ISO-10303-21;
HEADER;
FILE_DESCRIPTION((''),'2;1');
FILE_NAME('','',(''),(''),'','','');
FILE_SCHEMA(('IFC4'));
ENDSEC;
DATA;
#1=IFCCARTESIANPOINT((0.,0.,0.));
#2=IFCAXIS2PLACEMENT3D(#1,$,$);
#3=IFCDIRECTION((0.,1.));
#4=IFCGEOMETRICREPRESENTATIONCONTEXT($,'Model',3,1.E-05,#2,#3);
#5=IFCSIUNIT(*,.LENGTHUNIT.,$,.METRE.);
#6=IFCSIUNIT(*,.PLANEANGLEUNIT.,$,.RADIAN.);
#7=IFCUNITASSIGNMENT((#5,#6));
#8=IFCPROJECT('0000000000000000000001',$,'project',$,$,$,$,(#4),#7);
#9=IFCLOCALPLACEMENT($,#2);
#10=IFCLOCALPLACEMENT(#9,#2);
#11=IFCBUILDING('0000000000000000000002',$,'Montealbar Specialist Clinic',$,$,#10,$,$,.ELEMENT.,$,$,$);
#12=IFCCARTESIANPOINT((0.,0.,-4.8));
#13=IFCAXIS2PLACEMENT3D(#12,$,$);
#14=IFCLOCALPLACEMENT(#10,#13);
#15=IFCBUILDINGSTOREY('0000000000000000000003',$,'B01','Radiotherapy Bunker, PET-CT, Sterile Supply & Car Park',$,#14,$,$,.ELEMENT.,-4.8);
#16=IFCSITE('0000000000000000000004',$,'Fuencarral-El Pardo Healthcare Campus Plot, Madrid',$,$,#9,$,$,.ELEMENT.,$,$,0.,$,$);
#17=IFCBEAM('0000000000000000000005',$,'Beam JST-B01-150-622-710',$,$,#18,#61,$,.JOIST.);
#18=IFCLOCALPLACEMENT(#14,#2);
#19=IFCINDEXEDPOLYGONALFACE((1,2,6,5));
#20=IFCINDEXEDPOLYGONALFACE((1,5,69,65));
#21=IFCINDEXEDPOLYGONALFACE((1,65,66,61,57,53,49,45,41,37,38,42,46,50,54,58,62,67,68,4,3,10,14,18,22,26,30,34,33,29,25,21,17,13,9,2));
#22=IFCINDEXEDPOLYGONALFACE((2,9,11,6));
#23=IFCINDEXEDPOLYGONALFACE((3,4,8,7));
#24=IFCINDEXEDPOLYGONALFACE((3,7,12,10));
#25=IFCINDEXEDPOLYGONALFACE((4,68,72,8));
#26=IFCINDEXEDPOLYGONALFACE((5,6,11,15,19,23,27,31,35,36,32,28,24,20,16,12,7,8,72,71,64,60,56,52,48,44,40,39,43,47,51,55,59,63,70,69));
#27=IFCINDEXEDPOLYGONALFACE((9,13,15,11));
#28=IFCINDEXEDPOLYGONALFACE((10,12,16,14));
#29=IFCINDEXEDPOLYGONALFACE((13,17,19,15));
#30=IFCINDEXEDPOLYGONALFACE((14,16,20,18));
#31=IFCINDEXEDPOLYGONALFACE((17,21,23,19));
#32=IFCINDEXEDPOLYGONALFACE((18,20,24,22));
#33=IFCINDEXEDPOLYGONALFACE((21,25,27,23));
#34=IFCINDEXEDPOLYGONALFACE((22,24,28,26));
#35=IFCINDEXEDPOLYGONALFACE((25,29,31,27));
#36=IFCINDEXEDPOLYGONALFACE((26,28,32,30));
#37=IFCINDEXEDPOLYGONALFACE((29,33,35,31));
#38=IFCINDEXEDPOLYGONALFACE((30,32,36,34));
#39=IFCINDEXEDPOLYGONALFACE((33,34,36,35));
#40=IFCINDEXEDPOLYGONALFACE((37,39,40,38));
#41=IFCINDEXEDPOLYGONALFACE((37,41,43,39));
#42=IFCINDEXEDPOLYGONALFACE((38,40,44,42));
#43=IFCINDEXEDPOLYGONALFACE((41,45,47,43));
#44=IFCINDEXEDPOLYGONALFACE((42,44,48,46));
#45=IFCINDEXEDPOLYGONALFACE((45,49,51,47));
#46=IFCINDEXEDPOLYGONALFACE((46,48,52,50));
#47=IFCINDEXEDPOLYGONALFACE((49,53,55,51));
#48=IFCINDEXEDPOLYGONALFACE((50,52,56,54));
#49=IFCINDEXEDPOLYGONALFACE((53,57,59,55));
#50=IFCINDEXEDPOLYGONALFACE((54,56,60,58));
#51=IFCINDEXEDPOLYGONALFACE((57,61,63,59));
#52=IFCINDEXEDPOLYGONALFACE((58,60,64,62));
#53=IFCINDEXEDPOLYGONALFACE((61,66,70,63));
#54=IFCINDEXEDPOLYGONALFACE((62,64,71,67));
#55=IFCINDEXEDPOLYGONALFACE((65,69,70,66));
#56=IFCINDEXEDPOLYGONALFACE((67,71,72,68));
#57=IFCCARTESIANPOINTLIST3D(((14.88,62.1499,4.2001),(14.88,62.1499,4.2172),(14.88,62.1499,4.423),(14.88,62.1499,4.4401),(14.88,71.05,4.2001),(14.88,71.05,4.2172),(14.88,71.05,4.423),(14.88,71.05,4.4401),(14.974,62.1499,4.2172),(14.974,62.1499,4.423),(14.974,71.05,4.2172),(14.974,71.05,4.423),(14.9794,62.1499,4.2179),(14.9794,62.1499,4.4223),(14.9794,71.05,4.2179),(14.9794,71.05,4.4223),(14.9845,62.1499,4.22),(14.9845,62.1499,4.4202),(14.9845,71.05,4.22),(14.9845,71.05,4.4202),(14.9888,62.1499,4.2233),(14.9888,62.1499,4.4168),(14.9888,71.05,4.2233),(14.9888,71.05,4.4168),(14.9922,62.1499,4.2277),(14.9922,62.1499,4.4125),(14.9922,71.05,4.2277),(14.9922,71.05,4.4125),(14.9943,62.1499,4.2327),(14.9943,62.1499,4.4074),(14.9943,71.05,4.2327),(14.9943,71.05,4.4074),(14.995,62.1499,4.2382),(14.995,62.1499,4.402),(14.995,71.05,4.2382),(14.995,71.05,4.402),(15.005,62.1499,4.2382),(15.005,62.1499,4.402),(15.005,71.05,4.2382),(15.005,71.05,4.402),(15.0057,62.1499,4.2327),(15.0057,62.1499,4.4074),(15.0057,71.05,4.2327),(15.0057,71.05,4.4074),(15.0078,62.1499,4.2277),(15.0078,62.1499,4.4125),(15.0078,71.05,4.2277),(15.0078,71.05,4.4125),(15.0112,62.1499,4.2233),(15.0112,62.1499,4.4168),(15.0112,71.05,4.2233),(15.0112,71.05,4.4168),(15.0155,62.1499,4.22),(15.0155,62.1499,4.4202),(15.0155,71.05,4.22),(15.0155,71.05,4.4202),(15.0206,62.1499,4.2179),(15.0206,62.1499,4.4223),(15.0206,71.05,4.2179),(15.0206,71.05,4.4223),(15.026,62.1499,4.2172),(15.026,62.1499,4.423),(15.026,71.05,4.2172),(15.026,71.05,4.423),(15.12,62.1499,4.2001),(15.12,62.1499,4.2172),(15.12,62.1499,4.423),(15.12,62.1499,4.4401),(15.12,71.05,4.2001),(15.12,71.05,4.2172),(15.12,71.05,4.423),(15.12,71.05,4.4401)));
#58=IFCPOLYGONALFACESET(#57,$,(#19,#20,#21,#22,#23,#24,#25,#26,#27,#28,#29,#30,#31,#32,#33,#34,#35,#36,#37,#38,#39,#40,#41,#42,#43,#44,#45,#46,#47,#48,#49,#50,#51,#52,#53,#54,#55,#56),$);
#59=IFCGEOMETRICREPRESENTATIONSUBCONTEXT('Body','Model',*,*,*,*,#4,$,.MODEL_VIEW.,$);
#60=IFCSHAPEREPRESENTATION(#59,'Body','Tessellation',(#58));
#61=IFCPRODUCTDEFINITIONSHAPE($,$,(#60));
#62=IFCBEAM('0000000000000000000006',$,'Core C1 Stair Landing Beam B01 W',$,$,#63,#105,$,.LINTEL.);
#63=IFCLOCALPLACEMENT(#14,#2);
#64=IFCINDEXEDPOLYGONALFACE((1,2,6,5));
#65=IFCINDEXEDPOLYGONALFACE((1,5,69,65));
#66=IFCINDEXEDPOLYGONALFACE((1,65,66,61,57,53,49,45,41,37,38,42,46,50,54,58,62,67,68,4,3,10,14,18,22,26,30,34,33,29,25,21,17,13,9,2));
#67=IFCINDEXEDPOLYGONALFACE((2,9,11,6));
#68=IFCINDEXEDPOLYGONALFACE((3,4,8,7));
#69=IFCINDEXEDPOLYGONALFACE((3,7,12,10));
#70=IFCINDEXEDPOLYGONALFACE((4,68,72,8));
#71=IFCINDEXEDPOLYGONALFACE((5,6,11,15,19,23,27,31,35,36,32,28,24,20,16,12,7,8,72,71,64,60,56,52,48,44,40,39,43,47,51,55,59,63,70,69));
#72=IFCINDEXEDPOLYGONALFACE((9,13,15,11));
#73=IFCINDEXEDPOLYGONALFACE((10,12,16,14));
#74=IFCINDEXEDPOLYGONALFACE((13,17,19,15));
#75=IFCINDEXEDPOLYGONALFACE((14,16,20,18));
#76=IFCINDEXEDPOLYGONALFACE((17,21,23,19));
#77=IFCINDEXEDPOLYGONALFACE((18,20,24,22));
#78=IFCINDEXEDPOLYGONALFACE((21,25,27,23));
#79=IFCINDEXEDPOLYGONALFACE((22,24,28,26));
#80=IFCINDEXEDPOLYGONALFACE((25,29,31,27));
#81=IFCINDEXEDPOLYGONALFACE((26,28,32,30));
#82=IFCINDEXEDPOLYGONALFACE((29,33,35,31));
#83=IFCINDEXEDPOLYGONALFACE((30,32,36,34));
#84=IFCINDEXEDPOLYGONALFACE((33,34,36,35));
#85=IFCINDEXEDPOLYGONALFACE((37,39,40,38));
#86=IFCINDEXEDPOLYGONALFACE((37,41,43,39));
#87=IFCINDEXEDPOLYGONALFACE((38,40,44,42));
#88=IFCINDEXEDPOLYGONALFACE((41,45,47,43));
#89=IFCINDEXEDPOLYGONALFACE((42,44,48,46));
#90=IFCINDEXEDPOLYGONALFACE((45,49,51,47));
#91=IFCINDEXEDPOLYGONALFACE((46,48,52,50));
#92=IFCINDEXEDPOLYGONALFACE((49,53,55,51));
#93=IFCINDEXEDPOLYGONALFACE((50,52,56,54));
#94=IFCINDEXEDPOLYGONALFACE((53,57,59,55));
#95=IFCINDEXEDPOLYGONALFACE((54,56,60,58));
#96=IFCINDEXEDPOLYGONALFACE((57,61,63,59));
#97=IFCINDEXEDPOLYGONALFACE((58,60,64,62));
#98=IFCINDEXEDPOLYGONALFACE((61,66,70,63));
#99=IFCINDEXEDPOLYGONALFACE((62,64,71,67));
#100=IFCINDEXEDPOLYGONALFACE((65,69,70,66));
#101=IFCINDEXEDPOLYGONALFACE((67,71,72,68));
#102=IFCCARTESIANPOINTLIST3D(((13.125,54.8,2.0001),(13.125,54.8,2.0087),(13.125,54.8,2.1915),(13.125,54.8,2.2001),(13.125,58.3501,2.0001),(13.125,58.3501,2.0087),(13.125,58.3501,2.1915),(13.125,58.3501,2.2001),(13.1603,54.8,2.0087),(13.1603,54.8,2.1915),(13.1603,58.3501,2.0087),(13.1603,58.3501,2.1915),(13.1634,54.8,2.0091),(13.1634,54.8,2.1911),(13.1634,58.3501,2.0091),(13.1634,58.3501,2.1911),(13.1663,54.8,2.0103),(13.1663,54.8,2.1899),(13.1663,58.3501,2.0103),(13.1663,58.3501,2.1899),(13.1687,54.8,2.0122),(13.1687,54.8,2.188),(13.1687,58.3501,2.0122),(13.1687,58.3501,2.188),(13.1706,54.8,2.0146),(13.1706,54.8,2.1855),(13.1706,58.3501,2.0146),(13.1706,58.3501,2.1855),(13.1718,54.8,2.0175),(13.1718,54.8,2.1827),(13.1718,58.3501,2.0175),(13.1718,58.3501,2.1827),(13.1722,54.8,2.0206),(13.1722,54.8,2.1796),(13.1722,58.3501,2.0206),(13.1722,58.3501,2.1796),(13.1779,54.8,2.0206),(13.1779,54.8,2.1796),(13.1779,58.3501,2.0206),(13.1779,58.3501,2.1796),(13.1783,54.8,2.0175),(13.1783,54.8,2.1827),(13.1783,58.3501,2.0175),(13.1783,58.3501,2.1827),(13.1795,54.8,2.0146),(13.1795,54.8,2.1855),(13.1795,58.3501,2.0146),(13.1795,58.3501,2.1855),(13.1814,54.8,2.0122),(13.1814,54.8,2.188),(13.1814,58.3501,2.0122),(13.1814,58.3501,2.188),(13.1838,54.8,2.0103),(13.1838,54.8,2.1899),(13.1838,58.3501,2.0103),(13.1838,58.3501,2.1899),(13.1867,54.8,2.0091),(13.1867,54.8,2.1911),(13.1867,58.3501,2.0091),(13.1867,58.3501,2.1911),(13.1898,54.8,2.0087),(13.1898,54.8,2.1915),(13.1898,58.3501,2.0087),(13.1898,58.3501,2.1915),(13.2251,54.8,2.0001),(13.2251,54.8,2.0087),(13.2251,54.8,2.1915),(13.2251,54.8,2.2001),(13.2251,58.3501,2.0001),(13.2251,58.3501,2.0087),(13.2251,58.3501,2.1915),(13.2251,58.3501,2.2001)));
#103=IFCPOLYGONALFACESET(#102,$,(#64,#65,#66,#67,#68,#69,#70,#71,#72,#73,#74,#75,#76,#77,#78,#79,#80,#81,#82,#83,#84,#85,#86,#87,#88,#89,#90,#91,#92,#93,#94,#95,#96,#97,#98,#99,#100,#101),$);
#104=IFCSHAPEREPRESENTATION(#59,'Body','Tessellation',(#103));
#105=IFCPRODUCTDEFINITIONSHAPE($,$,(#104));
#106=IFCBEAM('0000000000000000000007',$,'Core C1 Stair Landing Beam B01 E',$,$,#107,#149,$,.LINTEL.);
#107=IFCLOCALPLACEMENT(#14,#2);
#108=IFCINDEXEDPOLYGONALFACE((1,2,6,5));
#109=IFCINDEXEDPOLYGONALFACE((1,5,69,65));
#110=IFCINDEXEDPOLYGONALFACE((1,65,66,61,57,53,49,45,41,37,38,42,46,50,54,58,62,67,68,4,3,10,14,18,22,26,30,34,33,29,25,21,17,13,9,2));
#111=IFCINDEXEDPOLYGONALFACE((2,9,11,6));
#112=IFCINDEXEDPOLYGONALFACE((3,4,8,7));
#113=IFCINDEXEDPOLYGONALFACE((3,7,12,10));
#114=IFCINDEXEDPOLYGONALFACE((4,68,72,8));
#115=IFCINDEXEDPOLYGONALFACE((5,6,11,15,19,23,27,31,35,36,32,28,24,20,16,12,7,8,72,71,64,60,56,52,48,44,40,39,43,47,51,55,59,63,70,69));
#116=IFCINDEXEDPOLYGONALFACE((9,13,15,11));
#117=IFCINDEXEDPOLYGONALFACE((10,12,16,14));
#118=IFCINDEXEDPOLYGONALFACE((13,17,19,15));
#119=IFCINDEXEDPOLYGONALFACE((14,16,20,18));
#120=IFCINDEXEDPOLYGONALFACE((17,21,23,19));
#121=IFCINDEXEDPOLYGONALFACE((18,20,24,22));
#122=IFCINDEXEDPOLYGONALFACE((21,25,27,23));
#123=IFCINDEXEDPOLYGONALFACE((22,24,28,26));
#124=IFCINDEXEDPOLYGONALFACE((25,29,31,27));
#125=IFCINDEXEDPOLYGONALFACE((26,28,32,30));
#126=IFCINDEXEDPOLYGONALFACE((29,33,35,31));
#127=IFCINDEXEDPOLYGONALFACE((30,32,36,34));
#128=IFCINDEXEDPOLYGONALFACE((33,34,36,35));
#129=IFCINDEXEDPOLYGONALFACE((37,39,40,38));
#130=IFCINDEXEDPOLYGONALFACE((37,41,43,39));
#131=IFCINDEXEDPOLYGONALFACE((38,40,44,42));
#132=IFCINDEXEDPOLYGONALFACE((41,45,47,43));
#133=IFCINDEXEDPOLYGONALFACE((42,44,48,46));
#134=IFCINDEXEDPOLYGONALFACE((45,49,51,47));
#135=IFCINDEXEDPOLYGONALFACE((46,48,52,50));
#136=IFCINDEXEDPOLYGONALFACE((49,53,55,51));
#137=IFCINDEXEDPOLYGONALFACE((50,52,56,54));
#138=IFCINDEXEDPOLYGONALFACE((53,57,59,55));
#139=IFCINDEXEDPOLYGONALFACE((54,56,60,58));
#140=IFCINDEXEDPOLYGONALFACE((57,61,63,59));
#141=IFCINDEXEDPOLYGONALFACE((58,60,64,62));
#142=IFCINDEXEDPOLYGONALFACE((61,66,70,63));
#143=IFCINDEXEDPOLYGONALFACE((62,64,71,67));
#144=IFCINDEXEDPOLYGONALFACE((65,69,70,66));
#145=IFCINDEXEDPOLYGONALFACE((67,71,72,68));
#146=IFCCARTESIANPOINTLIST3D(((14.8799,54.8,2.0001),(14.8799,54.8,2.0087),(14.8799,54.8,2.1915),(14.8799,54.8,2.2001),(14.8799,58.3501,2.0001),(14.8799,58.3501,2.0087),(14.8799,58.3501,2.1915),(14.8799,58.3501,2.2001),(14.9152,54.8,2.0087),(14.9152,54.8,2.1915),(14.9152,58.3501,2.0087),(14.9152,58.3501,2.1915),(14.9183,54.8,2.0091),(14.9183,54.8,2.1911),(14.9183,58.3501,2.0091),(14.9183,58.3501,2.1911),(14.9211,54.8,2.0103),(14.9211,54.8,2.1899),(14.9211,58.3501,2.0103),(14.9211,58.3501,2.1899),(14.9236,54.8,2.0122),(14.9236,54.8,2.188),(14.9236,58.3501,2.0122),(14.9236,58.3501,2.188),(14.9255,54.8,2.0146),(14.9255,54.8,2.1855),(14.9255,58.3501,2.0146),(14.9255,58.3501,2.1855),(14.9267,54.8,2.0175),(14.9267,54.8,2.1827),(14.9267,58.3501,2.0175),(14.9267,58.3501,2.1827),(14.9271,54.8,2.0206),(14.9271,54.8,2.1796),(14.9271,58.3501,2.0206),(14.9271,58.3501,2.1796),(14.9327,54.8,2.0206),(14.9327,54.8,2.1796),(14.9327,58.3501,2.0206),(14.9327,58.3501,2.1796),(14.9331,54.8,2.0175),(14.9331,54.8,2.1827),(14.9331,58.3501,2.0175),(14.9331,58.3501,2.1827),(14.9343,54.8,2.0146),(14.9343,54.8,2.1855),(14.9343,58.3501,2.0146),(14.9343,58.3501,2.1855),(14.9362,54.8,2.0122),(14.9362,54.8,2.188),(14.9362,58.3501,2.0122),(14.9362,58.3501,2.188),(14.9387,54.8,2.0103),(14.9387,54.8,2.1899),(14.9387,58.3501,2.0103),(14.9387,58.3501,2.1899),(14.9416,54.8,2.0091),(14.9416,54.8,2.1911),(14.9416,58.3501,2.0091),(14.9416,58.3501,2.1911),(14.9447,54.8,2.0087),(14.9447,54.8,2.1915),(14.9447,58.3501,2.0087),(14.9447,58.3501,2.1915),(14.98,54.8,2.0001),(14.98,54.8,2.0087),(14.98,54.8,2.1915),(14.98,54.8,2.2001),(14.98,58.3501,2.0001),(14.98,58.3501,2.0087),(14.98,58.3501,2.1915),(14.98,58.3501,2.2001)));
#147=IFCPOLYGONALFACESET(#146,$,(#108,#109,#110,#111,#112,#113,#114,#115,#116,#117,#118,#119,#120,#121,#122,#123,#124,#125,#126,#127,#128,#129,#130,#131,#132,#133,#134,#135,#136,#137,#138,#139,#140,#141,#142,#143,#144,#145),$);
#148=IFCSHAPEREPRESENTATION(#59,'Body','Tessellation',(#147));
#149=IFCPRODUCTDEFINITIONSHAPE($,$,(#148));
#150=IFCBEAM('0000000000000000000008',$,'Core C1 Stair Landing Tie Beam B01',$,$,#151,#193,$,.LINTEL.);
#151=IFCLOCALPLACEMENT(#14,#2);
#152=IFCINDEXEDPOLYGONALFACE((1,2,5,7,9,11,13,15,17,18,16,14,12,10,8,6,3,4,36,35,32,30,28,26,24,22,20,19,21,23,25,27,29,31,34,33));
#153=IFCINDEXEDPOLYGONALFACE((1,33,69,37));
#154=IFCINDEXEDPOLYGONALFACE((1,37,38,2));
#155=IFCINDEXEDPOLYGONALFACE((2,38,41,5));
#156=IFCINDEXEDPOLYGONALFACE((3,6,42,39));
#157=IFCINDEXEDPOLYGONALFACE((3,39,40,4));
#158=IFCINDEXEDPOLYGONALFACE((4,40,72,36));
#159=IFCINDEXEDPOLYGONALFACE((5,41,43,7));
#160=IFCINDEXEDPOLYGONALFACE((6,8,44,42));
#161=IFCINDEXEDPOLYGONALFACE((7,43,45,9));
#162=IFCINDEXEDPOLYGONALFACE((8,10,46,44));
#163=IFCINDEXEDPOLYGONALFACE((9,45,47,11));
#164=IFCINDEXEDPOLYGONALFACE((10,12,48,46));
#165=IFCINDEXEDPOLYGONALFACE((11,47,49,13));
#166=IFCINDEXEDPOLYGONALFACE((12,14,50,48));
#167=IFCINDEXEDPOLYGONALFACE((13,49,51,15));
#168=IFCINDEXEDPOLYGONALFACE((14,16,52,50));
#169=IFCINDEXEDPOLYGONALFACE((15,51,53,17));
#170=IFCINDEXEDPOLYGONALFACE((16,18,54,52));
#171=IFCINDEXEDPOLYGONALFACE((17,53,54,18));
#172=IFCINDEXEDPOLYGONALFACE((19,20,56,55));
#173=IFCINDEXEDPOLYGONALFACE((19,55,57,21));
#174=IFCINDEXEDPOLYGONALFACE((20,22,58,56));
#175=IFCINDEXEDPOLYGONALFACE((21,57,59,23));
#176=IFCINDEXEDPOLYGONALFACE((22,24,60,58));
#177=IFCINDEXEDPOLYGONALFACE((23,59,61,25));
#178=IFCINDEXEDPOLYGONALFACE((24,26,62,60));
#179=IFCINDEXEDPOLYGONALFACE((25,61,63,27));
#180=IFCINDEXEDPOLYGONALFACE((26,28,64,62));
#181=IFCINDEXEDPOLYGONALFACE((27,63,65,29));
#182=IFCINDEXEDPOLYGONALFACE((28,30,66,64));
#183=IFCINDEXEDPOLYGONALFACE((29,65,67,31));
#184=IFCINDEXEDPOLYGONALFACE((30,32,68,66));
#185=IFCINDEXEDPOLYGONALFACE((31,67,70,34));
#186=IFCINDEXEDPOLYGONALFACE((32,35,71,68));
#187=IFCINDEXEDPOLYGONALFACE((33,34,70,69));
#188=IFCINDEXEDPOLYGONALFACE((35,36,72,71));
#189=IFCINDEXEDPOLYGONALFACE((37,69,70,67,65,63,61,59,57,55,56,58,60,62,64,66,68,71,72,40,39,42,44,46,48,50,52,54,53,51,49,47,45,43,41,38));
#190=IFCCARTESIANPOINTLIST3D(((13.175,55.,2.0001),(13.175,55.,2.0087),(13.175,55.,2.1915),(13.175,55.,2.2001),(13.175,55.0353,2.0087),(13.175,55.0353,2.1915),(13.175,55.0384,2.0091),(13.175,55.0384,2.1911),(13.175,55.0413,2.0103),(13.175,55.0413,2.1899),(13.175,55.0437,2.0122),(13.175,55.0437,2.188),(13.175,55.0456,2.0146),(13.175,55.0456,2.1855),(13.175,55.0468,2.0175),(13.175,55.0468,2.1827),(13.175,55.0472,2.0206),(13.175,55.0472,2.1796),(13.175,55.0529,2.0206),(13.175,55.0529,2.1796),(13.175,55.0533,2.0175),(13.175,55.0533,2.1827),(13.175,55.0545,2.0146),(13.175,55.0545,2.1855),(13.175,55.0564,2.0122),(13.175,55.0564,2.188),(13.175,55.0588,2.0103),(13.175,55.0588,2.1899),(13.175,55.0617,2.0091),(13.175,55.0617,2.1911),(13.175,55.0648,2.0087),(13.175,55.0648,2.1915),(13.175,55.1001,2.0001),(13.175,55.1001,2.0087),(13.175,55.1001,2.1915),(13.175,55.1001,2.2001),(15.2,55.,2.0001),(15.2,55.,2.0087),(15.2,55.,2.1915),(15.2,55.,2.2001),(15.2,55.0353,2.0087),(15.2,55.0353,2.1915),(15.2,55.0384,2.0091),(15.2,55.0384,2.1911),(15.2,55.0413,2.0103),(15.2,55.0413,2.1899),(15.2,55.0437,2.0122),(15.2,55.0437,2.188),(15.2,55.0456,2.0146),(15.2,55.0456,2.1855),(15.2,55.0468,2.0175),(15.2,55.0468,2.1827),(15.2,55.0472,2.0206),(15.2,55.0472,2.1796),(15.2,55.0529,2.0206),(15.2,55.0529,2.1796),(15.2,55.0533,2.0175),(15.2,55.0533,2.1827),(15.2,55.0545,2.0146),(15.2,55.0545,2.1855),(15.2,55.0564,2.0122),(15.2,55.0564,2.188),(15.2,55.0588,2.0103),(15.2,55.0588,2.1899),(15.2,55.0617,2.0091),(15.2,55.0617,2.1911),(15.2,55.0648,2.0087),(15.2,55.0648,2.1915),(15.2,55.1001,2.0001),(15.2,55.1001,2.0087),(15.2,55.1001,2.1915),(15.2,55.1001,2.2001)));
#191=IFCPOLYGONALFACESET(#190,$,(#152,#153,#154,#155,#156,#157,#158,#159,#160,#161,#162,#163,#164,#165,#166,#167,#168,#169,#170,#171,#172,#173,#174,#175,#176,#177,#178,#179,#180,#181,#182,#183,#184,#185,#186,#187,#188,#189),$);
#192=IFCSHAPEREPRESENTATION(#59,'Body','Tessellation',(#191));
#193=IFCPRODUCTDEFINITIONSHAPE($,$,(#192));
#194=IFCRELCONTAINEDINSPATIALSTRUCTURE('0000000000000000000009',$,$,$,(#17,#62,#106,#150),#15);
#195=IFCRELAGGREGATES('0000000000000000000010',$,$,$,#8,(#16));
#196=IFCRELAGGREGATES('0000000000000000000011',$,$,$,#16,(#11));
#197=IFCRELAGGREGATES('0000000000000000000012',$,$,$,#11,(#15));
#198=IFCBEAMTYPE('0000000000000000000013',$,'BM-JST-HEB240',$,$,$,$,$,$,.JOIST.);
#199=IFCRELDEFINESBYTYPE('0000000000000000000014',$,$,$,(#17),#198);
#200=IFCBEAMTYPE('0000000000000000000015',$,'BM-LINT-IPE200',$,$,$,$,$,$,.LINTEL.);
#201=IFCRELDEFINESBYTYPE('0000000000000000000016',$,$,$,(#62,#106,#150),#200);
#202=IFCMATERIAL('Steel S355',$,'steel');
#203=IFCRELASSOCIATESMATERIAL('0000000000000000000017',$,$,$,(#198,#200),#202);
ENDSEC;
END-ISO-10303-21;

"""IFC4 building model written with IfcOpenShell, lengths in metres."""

from ifc_helpers import new_model, si_unit, direction, frame, origin, origin_2d, place, context, subcontext, project, spatial, i_section, extrude, material, material_profile, profile_set, type_object, element, save


model = new_model("IFC4")

# Units and contexts
model_context = context("Model", 3, precision=1e-05, world=origin(), true_north=direction((0.0, 1.0)))
body_context = subcontext(model_context, "Body", "Model", "MODEL_VIEW")
ifc_project = project(units=[si_unit("LENGTHUNIT", "METRE"), si_unit("PLANEANGLEUNIT", "RADIAN")], contexts=[model_context])

# Site, building, storey
site_placement = place(None, origin())
site = spatial("IfcSite", under=ifc_project, at=site_placement, Name="Fuencarral-El Pardo Healthcare Campus Plot, Madrid", CompositionType="ELEMENT", RefElevation=0.0)
building_placement = place(site_placement, origin())
building = spatial("IfcBuilding", under=site, at=building_placement, Name="Montealbar Specialist Clinic", CompositionType="ELEMENT")
storey_placement = place(building_placement, frame((0.0, 0.0, -4.8)))
storey = spatial("IfcBuildingStorey", under=building, at=storey_placement, Name="B01", Description="Radiotherapy Bunker, PET-CT, Sterile Supply & Car Park", CompositionType="ELEMENT", Elevation=-4.8)

# Beams
ifc_material_1 = material(Name="Steel S355", Category="steel")
ifc_material_profile_1 = material_profile(ifc_material_1, i_section(OverallWidth=0.24, OverallDepth=0.24, WebThickness=0.01, FlangeThickness=0.0171, FilletRadius=0.021, at=origin_2d()), Name="HEB 240", Category="steel")
ifc_profile_set_1 = profile_set([ifc_material_profile_1], Name="Steel S355")
beam_type_1 = type_object("IfcBeamType", Name="BM-JST-HEB240", PredefinedType="JOIST", material=ifc_profile_set_1)
beam_1_placement = place(storey_placement, frame((15.0, 62.1499, 4.3201), z_axis=(0.0, 1.0, 0.0), x_axis=(-1.0, 0.0, 0.0)))
element("IfcBeam", 1, at=beam_1_placement, inside=storey, type_object=beam_type_1, Name="Beam JST-B01-150-622-710", PredefinedType="JOIST", context=body_context, shape_type="SweptSolid", body=[
    extrude(i_section(OverallWidth=0.24, OverallDepth=0.24, WebThickness=0.01, FlangeThickness=0.0171, FilletRadius=0.021, at=origin_2d()), origin(), (0.0, 0.0, 1.0), 8.9001),
])
ifc_material_profile_2 = material_profile(ifc_material_1, i_section(OverallWidth=0.1001, OverallDepth=0.2, WebThickness=0.0056, FlangeThickness=0.0085, FilletRadius=0.012, at=origin_2d()), Name="IPE 200", Category="steel")
ifc_profile_set_2 = profile_set([ifc_material_profile_2], Name="Steel S355")
beam_type_2 = type_object("IfcBeamType", Name="BM-LINT-IPE200", PredefinedType="LINTEL", material=ifc_profile_set_2)
for number, where, z_axis, x_axis, name in (
    (2, (13.175, 54.8, 2.1001), (0.0, 1.0, 0.0), (-1.0, 0.0, 0.0), "Core C1 Stair Landing Beam B01 W"),
    (3, (14.9299, 54.8, 2.1001), (0.0, 1.0, 0.0), (-1.0, 0.0, 0.0), "Core C1 Stair Landing Beam B01 E"),
):
    element("IfcBeam", number, at=place(storey_placement, frame(where, z_axis=z_axis, x_axis=x_axis)), inside=storey, type_object=beam_type_2, Name=name, PredefinedType="LINTEL", context=body_context, shape_type="SweptSolid", body=[
        extrude(i_section(OverallWidth=0.1001, OverallDepth=0.2, WebThickness=0.0056, FlangeThickness=0.0085, FilletRadius=0.012, at=origin_2d()), origin(), (0.0, 0.0, 1.0), 3.55),
    ])
beam_2_placement = place(storey_placement, frame((13.175, 55.05, 2.1001), z_axis=(1.0, 0.0, 0.0), x_axis=(0.0, 1.0, 0.0)))
element("IfcBeam", 4, at=beam_2_placement, inside=storey, type_object=beam_type_2, Name="Core C1 Stair Landing Tie Beam B01", PredefinedType="LINTEL", context=body_context, shape_type="SweptSolid", body=[
    extrude(i_section(OverallWidth=0.1001, OverallDepth=0.2, WebThickness=0.0056, FlangeThickness=0.0085, FilletRadius=0.012, at=origin_2d()), origin(), (0.0, 0.0, 1.0), 2.0249),
])

save(model, "model.ifc")
